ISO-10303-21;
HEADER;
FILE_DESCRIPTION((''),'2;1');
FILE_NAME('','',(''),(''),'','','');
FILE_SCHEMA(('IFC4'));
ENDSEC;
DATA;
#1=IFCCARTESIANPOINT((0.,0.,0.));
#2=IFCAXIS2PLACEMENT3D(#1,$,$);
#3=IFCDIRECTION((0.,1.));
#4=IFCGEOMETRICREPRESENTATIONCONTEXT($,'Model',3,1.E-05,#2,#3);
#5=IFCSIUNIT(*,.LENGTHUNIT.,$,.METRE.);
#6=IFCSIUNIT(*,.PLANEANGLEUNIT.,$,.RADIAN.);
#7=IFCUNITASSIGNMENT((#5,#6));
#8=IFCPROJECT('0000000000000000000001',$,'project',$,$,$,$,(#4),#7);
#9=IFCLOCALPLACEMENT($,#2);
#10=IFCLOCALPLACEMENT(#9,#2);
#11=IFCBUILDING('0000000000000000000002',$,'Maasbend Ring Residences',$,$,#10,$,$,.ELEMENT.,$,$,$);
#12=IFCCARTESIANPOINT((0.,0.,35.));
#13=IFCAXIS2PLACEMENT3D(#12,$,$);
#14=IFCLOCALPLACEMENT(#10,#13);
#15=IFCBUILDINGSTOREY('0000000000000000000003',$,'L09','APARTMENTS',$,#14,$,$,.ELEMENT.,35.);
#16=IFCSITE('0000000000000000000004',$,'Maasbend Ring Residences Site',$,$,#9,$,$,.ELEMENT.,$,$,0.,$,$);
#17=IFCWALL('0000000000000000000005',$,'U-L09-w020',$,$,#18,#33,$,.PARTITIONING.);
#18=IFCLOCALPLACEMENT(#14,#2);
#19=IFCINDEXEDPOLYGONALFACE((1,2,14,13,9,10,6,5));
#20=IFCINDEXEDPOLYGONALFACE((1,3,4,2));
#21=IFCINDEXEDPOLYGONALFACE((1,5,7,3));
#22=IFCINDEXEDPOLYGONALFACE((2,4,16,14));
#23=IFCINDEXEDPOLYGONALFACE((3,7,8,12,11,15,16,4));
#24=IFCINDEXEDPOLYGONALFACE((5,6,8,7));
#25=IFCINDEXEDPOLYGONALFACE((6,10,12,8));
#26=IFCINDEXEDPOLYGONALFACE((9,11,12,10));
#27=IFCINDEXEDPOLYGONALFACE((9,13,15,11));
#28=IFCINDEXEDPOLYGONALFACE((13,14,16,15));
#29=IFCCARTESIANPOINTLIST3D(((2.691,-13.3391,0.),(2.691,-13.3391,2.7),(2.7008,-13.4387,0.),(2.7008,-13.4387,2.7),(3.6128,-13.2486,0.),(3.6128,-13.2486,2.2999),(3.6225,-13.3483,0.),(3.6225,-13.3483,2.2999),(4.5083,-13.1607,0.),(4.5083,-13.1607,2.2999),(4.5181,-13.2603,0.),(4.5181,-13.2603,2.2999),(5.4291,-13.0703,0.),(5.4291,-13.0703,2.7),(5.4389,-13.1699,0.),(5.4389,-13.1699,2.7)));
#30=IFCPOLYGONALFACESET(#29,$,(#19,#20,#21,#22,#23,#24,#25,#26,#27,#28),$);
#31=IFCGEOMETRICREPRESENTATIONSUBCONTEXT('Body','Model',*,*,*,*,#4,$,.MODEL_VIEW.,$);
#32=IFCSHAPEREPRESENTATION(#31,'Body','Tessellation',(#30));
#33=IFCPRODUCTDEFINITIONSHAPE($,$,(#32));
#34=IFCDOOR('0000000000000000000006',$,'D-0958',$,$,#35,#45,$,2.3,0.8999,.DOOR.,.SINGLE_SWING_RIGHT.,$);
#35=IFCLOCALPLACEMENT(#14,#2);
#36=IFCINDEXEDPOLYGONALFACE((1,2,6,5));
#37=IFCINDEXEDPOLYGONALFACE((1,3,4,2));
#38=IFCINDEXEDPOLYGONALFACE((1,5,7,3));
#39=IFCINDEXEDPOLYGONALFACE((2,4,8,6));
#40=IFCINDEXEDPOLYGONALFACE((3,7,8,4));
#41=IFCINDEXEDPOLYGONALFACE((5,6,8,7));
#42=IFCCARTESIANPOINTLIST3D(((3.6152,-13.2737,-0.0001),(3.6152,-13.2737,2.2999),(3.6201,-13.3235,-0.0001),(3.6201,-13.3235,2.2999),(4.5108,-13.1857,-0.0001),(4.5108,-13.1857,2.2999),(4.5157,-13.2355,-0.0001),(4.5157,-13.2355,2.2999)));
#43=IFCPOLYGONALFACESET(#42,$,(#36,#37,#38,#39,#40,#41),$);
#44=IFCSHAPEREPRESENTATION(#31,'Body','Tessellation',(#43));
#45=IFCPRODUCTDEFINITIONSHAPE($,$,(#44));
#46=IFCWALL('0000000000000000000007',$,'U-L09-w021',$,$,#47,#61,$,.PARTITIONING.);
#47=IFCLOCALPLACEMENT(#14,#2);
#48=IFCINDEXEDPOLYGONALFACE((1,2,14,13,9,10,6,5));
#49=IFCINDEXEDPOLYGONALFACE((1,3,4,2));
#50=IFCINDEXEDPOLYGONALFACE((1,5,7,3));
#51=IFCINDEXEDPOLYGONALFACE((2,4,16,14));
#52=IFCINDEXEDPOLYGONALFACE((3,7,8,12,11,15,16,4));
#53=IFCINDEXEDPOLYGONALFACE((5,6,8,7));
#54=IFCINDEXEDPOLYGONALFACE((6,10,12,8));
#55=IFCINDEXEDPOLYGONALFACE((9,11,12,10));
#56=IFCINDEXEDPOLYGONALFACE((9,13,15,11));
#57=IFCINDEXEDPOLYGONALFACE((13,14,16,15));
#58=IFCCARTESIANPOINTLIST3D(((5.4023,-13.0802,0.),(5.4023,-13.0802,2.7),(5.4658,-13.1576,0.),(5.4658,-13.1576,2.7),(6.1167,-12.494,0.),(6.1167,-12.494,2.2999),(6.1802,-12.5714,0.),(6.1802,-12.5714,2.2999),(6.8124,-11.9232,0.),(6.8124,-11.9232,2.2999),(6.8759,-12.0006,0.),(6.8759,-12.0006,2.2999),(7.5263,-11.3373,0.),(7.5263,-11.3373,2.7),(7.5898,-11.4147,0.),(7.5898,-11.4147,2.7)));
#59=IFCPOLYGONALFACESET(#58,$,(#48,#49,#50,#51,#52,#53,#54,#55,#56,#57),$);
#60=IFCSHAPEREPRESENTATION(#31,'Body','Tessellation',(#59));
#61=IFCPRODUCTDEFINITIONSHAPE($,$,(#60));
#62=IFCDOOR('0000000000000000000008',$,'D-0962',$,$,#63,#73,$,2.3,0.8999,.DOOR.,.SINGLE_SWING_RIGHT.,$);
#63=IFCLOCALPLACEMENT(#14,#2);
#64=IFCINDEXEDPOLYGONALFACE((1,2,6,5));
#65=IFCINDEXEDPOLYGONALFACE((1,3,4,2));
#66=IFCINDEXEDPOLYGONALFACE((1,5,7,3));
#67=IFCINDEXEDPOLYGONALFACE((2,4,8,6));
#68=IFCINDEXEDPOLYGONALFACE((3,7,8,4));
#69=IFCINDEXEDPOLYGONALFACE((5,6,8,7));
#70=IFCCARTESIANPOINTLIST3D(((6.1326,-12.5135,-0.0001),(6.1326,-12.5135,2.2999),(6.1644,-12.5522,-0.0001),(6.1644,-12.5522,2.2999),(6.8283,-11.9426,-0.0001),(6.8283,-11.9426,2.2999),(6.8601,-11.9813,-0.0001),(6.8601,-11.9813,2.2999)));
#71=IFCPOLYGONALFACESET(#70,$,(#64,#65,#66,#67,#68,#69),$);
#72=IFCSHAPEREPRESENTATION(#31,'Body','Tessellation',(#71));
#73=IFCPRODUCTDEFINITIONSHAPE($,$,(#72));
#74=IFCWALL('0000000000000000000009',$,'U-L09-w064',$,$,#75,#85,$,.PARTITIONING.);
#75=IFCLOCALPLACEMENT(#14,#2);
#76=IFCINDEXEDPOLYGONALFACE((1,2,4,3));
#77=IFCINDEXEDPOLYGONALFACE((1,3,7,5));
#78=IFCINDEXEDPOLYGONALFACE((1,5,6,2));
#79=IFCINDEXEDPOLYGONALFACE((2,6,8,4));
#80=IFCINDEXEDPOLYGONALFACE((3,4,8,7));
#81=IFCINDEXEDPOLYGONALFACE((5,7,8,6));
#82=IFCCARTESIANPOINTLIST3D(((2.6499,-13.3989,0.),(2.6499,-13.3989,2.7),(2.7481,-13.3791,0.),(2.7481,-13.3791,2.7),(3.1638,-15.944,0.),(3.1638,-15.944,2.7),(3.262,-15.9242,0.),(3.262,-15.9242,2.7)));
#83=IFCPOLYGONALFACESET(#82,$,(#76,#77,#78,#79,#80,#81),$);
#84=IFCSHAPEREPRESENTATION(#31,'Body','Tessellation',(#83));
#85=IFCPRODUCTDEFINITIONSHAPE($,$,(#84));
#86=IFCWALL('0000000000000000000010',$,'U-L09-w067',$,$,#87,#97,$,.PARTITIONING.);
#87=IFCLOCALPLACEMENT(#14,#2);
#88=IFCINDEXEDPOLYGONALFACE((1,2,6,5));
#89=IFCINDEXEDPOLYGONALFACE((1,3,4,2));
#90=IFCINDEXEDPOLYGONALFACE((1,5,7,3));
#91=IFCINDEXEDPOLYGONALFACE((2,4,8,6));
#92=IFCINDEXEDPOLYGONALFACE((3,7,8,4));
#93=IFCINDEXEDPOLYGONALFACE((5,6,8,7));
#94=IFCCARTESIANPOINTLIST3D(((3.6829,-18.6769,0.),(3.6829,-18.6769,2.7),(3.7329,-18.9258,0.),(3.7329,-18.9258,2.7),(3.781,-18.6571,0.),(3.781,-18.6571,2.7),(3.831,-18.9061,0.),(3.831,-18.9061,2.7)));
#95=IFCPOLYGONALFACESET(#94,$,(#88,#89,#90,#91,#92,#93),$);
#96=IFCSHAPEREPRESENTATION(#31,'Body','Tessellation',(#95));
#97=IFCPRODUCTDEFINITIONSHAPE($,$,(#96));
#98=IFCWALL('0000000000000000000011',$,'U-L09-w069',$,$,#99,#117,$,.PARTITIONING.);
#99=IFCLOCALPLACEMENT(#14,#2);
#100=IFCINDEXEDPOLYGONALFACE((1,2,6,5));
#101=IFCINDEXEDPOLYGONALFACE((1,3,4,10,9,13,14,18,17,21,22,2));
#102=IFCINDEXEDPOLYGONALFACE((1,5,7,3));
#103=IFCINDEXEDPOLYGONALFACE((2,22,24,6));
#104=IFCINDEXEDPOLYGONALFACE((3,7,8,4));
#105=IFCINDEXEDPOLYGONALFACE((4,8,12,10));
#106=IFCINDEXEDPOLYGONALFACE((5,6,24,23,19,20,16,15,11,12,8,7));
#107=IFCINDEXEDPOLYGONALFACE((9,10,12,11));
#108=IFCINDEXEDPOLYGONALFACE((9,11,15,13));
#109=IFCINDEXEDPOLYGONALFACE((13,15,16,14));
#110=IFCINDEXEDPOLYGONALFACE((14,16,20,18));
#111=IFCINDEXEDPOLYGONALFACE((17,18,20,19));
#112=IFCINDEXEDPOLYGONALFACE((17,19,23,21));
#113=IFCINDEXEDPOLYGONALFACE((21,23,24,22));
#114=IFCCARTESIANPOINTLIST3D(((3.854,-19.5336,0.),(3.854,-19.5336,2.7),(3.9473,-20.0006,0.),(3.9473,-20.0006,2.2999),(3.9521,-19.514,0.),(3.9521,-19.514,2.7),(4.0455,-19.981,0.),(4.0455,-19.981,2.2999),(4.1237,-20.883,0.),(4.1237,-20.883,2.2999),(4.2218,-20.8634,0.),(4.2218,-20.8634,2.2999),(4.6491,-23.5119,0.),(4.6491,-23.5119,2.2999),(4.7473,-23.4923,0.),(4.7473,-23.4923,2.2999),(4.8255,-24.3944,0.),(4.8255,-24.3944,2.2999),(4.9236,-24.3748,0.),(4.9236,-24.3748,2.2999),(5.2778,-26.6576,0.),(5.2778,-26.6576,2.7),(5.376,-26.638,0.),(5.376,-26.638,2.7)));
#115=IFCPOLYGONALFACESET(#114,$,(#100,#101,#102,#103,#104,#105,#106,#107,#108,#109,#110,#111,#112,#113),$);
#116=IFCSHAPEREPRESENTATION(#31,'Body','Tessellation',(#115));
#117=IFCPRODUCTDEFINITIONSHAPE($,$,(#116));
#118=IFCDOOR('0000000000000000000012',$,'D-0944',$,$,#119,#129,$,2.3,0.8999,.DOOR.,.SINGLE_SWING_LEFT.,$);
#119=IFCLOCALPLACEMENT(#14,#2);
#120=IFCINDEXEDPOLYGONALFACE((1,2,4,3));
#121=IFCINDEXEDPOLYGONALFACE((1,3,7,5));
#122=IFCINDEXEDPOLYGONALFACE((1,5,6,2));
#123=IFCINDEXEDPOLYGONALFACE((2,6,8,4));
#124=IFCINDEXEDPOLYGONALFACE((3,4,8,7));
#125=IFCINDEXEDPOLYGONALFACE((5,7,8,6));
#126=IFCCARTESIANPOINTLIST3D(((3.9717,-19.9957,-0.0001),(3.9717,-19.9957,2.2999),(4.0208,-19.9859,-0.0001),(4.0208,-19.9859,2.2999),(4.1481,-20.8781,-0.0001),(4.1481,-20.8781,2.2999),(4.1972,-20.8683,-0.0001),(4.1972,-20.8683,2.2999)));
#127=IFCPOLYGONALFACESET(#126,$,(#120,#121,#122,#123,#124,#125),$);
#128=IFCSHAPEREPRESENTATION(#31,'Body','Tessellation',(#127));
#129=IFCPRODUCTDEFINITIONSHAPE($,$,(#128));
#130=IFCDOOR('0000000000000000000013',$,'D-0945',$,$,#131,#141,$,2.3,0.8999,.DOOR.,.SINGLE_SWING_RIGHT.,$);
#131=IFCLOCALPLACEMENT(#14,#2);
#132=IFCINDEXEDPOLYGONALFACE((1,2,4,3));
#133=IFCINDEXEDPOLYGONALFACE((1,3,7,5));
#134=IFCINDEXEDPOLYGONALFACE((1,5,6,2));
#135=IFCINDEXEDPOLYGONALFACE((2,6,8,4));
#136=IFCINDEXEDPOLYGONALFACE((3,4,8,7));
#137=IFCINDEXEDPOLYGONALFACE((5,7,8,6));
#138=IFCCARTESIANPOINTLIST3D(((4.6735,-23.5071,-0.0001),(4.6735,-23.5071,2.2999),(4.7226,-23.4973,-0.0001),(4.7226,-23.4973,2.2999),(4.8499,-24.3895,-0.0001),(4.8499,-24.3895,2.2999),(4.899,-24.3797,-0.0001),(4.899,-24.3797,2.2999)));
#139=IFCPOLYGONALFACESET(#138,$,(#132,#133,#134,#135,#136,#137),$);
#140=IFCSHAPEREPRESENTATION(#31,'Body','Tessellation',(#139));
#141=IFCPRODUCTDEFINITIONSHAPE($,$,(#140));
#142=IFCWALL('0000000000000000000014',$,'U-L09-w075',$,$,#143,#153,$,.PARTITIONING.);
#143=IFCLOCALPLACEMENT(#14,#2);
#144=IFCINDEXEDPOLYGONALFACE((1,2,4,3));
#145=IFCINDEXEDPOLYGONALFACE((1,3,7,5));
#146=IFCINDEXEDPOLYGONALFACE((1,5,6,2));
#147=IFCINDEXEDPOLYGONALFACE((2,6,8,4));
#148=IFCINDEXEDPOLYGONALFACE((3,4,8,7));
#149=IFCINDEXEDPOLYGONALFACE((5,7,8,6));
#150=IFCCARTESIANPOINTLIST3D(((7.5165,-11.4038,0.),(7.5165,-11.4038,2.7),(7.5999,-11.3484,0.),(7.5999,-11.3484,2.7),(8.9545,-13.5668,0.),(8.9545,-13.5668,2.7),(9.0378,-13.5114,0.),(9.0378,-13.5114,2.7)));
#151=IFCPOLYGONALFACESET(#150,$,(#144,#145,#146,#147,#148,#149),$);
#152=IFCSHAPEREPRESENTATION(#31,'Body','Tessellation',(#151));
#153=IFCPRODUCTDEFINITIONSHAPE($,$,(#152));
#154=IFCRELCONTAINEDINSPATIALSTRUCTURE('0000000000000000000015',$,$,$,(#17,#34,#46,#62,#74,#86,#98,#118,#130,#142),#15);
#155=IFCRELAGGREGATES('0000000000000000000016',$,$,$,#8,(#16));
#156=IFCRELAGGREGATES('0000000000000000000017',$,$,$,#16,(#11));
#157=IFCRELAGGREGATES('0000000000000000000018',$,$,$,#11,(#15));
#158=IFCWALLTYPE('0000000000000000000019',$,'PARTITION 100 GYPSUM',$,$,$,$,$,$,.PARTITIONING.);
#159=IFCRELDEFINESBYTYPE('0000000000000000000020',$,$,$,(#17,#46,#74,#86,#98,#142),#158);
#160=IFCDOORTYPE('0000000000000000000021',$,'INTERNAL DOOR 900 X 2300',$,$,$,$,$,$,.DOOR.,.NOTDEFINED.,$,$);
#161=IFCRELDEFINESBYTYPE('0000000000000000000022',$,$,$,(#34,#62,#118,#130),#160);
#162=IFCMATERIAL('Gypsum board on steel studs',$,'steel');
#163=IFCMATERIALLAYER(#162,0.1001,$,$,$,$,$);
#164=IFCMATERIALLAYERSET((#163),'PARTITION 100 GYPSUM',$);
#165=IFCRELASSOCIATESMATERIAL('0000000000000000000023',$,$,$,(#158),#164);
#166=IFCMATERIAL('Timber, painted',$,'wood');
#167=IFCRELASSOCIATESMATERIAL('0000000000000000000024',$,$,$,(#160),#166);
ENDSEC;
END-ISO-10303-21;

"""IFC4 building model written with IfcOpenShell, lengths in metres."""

from ifc_helpers import new_model, si_unit, direction, frame, frame_2d, origin, place, context, subcontext, project, spatial, rectangle, extrude, material, layer, layer_set, type_object, element, fill, save


model = new_model("IFC4")

# Units and contexts
model_context = context("Model", 3, precision=1e-05, world=origin(), true_north=direction((0.0, 1.0)))
body_context = subcontext(model_context, "Body", "Model", "MODEL_VIEW")
ifc_project = project(units=[si_unit("LENGTHUNIT", "METRE"), si_unit("PLANEANGLEUNIT", "RADIAN")], contexts=[model_context])

# Site, building, storey
site_placement = place(None, origin())
site = spatial("IfcSite", under=ifc_project, at=site_placement, Name="Maasbend Ring Residences Site", CompositionType="ELEMENT", RefElevation=0.0)
building_placement = place(site_placement, origin())
building = spatial("IfcBuilding", under=site, at=building_placement, Name="Maasbend Ring Residences", CompositionType="ELEMENT")
storey_placement = place(building_placement, frame((0.0, 0.0, 35.0)))
storey = spatial("IfcBuildingStorey", under=building, at=storey_placement, Name="L09", Description="APARTMENTS", CompositionType="ELEMENT", Elevation=35.0)

# Walls, openings, doors
ifc_material_1 = material(Name="Gypsum board on steel studs", Category="steel")
ifc_layer_1 = layer(ifc_material_1, 0.1001)
ifc_layer_set_1 = layer_set([ifc_layer_1], Name="PARTITION 100 GYPSUM")
wall_type_1 = type_object("IfcWallType", Name="PARTITION 100 GYPSUM", PredefinedType="PARTITIONING", material=ifc_layer_set_1)
wall_1_placement = place(storey_placement, frame((2.696, -13.3889, 0.0), z_axis=(0.0, 0.0, 1.0), x_axis=(0.995216, 0.097702, 0.0)))
wall_1 = element("IfcWall", 1, at=wall_1_placement, inside=storey, type_object=wall_type_1, Name="U-L09-w020", PredefinedType="PARTITIONING", context=body_context, shape_type="SweptSolid", body=[
    extrude(rectangle(XDim=2.7512, YDim=0.1001, at=frame_2d((1.3755, 0.0))), origin(), (0.0, 0.0, 1.0), 2.7),
])
opening_1_placement = place(wall_1_placement, frame((0.926, 0.0, 0.0)))
opening_1 = element("IfcOpeningElement", 2, at=opening_1_placement, cuts=wall_1, PredefinedType="OPENING", context=body_context, shape_type="SweptSolid", body=[
    extrude(rectangle(XDim=0.8999, YDim=2.3, at=frame_2d((0.45, 1.1499))), frame((0.0, 0.0601, 0.0), z_axis=(0.0, -1.0, 0.0), x_axis=(1.0, 0.0, 0.0)), (0.0, 0.0, 1.0), 0.1201),
])
ifc_material_2 = material(Name="Timber, painted", Category="wood")
door_type_1 = type_object("IfcDoorType", Name="INTERNAL DOOR 900 X 2300", OperationType="NOTDEFINED", PredefinedType="DOOR", material=ifc_material_2)
door_1_placement = place(opening_1_placement, origin())
door_1 = element("IfcDoor", 3, at=door_1_placement, inside=storey, type_object=door_type_1, Name="D-0958", OperationType="SINGLE_SWING_RIGHT", OverallHeight=2.3, OverallWidth=0.8999, PredefinedType="DOOR", context=body_context, shape_type="SweptSolid", body=[
    extrude(rectangle(XDim=0.8999, YDim=2.3, at=frame_2d((0.45, 1.1499))), frame((0.0, 0.0249, 0.0), z_axis=(0.0, -1.0, 0.0), x_axis=(1.0, 0.0, 0.0)), (0.0, 0.0, 1.0), 0.05),
])
fill(opening_1, door_1)
wall_2_placement = place(storey_placement, frame((5.4341, -13.1189, 0.0), z_axis=(0.0, 0.0, 1.0), x_axis=(0.77305, 0.634345, 0.0)))
wall_2 = element("IfcWall", 4, at=wall_2_placement, inside=storey, type_object=wall_type_1, Name="U-L09-w021", PredefinedType="PARTITIONING", context=body_context, shape_type="SweptSolid", body=[
    extrude(rectangle(XDim=2.7476, YDim=0.1001, at=frame_2d((1.3738, 0.0))), origin(), (0.0, 0.0, 1.0), 2.7),
])
opening_2_placement = place(wall_2_placement, frame((0.9241, 0.0, 0.0)))
opening_2 = element("IfcOpeningElement", 5, at=opening_2_placement, cuts=wall_2, PredefinedType="OPENING", context=body_context, shape_type="SweptSolid", body=[
    extrude(rectangle(XDim=0.8999, YDim=2.3, at=frame_2d((0.45, 1.1499))), frame((0.0, 0.0601, 0.0), z_axis=(0.0, -1.0, 0.0), x_axis=(1.0, 0.0, 0.0)), (0.0, 0.0, 1.0), 0.1201),
])
door_2_placement = place(opening_2_placement, origin())
door_2 = element("IfcDoor", 6, at=door_2_placement, inside=storey, type_object=door_type_1, Name="D-0962", OperationType="SINGLE_SWING_RIGHT", OverallHeight=2.3, OverallWidth=0.8999, PredefinedType="DOOR", context=body_context, shape_type="SweptSolid", body=[
    extrude(rectangle(XDim=0.8999, YDim=2.3, at=frame_2d((0.45, 1.1499))), frame((0.0, 0.0249, 0.0), z_axis=(0.0, -1.0, 0.0), x_axis=(1.0, 0.0, 0.0)), (0.0, 0.0, 1.0), 0.05),
])
fill(opening_2, door_2)

# Walls
wall_3_placement = place(storey_placement, frame((2.699, -13.3889, 0.0), z_axis=(0.0, 0.0, 1.0), x_axis=(0.197924, -0.980217, 0.0)))
element("IfcWall", 7, at=wall_3_placement, inside=storey, type_object=wall_type_1, Name="U-L09-w064", PredefinedType="PARTITIONING", context=body_context, shape_type="SweptSolid", body=[
    extrude(rectangle(XDim=2.5964, YDim=0.1001, at=frame_2d((1.2983, 0.0))), origin(), (0.0, 0.0, 1.0), 2.7),
])
wall_4_placement = place(storey_placement, frame((3.7319, -18.667, 0.0), z_axis=(0.0, 0.0, 1.0), x_axis=(0.19704, -0.980395, 0.0)))
element("IfcWall", 8, at=wall_4_placement, inside=storey, type_object=wall_type_1, Name="U-L09-w067", PredefinedType="PARTITIONING", context=body_context, shape_type="SweptSolid", body=[
    extrude(rectangle(XDim=0.2539, YDim=0.1001, at=frame_2d((0.127, 0.0))), origin(), (0.0, 0.0, 1.0), 2.7),
])

# Wall, openings, doors
wall_5_placement = place(storey_placement, frame((3.9031, -19.5239, 0.0), z_axis=(0.0, 0.0, 1.0), x_axis=(0.195987, -0.980607, 0.0)))
wall_5 = element("IfcWall", 9, at=wall_5_placement, inside=storey, type_object=wall_type_1, Name="U-L09-w069", PredefinedType="PARTITIONING", context=body_context, shape_type="SweptSolid", body=[
    extrude(rectangle(XDim=7.2649, YDim=0.1001, at=frame_2d((3.6323, 0.0))), origin(), (0.0, 0.0, 1.0), 2.7),
])
opening_3_placement = place(wall_5_placement, frame((0.4761, 0.0, 0.0)))
opening_3 = element("IfcOpeningElement", 10, at=opening_3_placement, cuts=wall_5, PredefinedType="OPENING", context=body_context, shape_type="SweptSolid", body=[
    extrude(rectangle(XDim=0.8999, YDim=2.3, at=frame_2d((0.45, 1.1499))), frame((0.0, 0.0601, 0.0), z_axis=(0.0, -1.0, 0.0), x_axis=(1.0, 0.0, 0.0)), (0.0, 0.0, 1.0), 0.1201),
])
opening_4_placement = place(wall_5_placement, frame((4.0569, 0.0, 0.0)))
opening_4 = element("IfcOpeningElement", 11, at=opening_4_placement, cuts=wall_5, PredefinedType="OPENING", context=body_context, shape_type="SweptSolid", body=[
    extrude(rectangle(XDim=0.8999, YDim=2.3, at=frame_2d((0.45, 1.1499))), frame((0.0, 0.0601, 0.0), z_axis=(0.0, -1.0, 0.0), x_axis=(1.0, 0.0, 0.0)), (0.0, 0.0, 1.0), 0.1201),
])
door_3_placement = place(opening_3_placement, origin())
door_3 = element("IfcDoor", 12, at=door_3_placement, inside=storey, type_object=door_type_1, Name="D-0944", OperationType="SINGLE_SWING_LEFT", OverallHeight=2.3, OverallWidth=0.8999, PredefinedType="DOOR", context=body_context, shape_type="SweptSolid", body=[
    extrude(rectangle(XDim=0.8999, YDim=2.3, at=frame_2d((0.45, 1.1499))), frame((0.0, 0.0249, 0.0), z_axis=(0.0, -1.0, 0.0), x_axis=(1.0, 0.0, 0.0)), (0.0, 0.0, 1.0), 0.05),
])
fill(opening_3, door_3)
door_4_placement = place(opening_4_placement, origin())
door_4 = element("IfcDoor", 13, at=door_4_placement, inside=storey, type_object=door_type_1, Name="D-0945", OperationType="SINGLE_SWING_RIGHT", OverallHeight=2.3, OverallWidth=0.8999, PredefinedType="DOOR", context=body_context, shape_type="SweptSolid", body=[
    extrude(rectangle(XDim=0.8999, YDim=2.3, at=frame_2d((0.45, 1.1499))), frame((0.0, 0.0249, 0.0), z_axis=(0.0, -1.0, 0.0), x_axis=(1.0, 0.0, 0.0)), (0.0, 0.0, 1.0), 0.05),
])
fill(opening_4, door_4)

# Wall
wall_6_placement = place(storey_placement, frame((7.5581, -11.376, 0.0), z_axis=(0.0, 0.0, 1.0), x_axis=(0.553615, -0.832773, 0.0)))
element("IfcWall", 14, at=wall_6_placement, inside=storey, type_object=wall_type_1, Name="U-L09-w075", PredefinedType="PARTITIONING", context=body_context, shape_type="SweptSolid", body=[
    extrude(rectangle(XDim=2.5974, YDim=0.1001, at=frame_2d((1.2988, 0.0))), origin(), (0.0, 0.0, 1.0), 2.7),
])

save(model, "model.ifc")
